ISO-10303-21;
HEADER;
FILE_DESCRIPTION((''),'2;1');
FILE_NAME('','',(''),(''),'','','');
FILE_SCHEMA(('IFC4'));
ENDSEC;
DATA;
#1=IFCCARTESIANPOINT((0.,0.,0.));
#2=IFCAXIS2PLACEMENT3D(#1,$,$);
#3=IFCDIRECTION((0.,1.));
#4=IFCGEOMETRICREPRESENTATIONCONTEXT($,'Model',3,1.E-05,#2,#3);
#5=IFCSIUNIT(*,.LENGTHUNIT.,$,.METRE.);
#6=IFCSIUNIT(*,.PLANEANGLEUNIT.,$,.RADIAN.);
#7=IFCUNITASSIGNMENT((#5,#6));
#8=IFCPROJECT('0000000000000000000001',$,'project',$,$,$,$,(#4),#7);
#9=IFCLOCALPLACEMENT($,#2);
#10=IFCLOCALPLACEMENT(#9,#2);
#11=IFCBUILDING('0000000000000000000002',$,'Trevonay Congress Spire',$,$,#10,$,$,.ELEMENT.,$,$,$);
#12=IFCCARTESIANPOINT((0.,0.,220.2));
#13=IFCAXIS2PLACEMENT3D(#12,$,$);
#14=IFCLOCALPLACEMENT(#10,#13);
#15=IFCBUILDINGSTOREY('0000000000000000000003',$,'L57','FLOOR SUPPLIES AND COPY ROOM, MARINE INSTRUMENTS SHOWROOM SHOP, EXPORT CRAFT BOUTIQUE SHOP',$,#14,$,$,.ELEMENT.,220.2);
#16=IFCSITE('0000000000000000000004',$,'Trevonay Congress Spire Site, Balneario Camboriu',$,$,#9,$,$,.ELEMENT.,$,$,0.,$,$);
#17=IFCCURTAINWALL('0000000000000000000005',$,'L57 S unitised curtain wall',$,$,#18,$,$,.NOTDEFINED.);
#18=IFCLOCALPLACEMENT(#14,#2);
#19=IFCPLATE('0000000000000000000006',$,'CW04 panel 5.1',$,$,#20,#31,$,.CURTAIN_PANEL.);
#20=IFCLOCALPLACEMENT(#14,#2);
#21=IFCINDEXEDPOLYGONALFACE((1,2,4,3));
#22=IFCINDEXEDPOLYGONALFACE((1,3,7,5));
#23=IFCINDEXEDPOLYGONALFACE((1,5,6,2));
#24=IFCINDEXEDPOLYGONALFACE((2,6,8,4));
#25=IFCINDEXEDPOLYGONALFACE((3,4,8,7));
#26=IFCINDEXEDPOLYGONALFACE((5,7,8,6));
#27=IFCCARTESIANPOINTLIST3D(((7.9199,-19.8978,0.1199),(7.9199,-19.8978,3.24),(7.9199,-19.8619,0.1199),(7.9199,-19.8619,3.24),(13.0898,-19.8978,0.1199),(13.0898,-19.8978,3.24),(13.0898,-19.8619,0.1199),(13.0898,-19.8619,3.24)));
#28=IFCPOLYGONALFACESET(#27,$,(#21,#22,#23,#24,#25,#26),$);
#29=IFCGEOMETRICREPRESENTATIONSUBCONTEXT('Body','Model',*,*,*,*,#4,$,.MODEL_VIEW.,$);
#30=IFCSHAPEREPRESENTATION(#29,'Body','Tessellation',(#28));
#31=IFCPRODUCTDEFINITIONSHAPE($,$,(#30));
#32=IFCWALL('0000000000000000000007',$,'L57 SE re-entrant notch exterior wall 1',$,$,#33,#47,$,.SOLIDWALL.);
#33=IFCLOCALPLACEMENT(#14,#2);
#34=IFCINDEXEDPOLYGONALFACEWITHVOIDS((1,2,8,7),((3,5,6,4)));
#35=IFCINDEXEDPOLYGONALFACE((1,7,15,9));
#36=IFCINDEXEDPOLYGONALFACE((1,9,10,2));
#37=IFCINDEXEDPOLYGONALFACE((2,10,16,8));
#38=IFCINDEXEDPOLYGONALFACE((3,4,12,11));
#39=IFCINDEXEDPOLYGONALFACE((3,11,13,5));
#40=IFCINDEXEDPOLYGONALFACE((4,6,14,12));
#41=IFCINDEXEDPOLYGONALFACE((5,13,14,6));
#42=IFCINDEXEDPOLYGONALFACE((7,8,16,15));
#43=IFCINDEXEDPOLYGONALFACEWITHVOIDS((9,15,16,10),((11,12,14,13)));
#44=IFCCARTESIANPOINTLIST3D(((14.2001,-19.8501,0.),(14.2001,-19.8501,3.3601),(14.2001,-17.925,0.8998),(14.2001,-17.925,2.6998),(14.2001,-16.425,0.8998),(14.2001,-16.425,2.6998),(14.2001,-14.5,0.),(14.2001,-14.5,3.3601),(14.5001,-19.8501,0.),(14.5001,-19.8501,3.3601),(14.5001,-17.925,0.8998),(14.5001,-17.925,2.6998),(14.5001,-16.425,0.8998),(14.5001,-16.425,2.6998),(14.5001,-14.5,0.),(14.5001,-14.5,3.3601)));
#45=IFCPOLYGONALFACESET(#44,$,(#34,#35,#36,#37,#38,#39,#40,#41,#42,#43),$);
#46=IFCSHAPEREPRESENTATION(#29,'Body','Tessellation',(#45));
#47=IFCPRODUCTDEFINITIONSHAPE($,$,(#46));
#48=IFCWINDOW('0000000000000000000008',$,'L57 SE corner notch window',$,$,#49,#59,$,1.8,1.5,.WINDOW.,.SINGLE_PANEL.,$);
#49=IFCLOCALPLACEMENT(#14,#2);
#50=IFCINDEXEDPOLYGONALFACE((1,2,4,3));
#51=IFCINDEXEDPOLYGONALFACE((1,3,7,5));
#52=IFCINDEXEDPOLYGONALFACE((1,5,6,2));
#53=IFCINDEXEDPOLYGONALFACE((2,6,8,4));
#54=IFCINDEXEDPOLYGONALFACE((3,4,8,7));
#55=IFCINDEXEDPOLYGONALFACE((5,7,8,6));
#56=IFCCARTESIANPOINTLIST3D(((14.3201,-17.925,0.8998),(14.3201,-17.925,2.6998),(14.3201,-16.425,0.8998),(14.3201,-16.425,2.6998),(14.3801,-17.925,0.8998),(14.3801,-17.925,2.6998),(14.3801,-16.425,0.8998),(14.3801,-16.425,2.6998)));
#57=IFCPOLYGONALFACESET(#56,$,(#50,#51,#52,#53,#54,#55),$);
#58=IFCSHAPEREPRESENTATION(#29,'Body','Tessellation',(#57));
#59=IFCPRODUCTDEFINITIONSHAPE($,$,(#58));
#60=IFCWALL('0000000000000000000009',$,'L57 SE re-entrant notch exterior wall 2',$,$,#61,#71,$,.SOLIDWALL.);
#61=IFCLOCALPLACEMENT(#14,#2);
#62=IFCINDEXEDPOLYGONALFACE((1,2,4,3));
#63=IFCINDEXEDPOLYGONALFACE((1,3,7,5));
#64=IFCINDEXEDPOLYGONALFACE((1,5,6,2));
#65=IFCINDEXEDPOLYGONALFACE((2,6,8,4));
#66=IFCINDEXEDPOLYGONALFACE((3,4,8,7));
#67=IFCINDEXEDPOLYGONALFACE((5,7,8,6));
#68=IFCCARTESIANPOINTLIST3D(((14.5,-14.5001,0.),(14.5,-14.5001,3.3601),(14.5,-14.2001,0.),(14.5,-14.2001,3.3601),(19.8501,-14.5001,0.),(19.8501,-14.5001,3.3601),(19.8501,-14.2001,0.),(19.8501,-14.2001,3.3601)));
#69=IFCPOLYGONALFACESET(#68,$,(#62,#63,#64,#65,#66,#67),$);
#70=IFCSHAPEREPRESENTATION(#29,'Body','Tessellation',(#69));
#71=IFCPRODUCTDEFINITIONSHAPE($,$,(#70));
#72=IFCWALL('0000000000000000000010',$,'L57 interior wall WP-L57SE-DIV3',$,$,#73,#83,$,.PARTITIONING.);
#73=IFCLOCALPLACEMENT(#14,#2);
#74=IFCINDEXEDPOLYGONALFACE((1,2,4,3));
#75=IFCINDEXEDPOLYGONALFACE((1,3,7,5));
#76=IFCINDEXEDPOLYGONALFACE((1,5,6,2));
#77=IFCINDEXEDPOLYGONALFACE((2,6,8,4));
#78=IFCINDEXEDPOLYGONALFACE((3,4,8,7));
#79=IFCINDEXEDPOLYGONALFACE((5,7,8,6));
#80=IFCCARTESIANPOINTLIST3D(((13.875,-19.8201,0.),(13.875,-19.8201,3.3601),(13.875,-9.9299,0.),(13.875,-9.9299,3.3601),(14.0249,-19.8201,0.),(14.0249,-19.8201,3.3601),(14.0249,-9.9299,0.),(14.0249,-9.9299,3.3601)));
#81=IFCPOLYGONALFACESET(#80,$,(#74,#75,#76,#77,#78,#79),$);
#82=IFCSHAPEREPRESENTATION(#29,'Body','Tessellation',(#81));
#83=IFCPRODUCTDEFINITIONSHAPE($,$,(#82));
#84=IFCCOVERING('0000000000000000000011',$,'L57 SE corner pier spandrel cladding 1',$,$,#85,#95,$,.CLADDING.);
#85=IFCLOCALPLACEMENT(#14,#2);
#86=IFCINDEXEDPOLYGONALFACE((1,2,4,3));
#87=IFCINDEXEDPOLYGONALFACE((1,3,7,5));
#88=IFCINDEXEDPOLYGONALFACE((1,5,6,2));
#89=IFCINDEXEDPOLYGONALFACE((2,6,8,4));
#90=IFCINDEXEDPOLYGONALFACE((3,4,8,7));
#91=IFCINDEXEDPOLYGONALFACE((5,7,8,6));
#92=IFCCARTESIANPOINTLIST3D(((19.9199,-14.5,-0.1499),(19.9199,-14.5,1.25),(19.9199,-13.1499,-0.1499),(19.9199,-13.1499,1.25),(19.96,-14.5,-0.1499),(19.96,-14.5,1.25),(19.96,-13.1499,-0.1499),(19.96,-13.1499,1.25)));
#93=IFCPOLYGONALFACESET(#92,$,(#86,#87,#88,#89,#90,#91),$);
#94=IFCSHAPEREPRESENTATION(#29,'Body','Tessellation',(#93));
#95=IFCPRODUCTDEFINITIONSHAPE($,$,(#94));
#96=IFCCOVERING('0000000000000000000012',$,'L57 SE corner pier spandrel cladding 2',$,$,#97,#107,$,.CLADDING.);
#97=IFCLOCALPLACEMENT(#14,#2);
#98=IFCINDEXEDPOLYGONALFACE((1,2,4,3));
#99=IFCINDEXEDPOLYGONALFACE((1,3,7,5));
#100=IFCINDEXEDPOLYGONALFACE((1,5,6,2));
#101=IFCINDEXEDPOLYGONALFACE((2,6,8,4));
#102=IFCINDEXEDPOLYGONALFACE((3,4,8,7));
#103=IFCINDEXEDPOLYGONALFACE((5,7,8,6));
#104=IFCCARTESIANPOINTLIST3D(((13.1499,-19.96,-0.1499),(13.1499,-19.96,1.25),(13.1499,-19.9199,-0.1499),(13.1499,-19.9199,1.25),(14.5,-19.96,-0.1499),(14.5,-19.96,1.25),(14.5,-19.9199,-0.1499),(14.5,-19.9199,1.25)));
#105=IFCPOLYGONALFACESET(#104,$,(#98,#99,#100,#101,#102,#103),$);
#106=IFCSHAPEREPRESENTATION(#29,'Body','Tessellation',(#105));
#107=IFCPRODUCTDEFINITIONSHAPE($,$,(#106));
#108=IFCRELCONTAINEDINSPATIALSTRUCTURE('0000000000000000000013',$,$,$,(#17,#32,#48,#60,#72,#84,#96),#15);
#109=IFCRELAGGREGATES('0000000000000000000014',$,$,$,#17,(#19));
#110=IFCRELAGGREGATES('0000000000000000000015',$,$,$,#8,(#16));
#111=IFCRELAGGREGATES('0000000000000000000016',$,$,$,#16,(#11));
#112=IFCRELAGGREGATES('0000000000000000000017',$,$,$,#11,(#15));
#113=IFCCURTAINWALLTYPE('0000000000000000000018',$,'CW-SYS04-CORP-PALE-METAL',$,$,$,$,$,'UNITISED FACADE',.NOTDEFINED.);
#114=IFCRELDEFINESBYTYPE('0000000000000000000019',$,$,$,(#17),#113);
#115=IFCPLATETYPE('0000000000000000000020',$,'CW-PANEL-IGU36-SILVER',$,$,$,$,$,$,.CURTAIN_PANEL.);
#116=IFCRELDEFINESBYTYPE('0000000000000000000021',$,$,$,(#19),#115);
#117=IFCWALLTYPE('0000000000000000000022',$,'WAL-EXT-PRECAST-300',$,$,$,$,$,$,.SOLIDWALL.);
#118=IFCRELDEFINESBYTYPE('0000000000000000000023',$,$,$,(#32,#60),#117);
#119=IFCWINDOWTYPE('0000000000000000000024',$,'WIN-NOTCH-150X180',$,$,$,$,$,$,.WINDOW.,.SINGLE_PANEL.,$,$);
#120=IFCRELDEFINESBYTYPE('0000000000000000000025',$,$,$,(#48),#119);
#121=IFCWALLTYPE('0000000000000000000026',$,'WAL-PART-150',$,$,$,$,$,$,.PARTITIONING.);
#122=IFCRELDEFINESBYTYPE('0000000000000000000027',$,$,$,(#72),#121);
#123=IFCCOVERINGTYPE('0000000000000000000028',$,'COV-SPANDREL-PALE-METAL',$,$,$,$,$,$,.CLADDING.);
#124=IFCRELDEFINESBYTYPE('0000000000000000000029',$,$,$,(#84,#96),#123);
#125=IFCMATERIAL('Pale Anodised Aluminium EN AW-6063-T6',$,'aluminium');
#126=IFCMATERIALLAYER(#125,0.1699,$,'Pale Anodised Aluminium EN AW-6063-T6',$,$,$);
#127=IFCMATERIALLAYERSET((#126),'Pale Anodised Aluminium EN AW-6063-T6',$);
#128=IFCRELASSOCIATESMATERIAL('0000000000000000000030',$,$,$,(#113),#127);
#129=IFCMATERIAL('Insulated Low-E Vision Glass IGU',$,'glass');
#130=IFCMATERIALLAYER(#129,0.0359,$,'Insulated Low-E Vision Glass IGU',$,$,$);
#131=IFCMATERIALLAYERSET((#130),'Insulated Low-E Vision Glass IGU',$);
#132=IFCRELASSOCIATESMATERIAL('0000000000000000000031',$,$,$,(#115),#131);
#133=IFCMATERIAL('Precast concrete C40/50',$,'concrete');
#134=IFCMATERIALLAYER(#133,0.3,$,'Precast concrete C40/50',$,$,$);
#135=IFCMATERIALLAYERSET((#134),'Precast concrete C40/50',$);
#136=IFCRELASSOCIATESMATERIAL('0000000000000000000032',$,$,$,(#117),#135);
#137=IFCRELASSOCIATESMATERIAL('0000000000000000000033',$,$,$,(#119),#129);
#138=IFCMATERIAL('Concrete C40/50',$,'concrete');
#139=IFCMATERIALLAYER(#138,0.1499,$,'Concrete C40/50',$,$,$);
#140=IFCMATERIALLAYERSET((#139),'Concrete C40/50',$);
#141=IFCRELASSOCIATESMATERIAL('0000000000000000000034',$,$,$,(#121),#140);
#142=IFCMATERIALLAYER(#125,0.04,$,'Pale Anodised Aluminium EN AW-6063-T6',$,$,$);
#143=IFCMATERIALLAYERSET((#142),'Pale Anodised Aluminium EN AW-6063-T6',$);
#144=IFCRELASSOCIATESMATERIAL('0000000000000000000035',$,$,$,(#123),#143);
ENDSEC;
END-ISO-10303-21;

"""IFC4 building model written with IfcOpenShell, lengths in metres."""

from ifc_helpers import new_model, si_unit, direction, frame, frame_2d, origin, origin_2d, place, context, subcontext, project, spatial, rectangle, extrude, material, layer, layer_set, type_object, element, fill, aggregate, save


model = new_model("IFC4")

# Units and contexts
model_context = context("Model", 3, precision=1e-05, world=origin(), true_north=direction((0.0, 1.0)))
body_context = subcontext(model_context, "Body", "Model", "MODEL_VIEW")
ifc_project = project(units=[si_unit("LENGTHUNIT", "METRE"), si_unit("PLANEANGLEUNIT", "RADIAN")], contexts=[model_context])

# Site, building, storey
site_placement = place(None, origin())
site = spatial("IfcSite", under=ifc_project, at=site_placement, Name="Trevonay Congress Spire Site, Balneario Camboriu", CompositionType="ELEMENT", RefElevation=0.0)
building_placement = place(site_placement, origin())
building = spatial("IfcBuilding", under=site, at=building_placement, Name="Trevonay Congress Spire", CompositionType="ELEMENT")
storey_placement = place(building_placement, frame((0.0, 0.0, 220.2)))
storey = spatial("IfcBuildingStorey", under=building, at=storey_placement, Name="L57", Description="FLOOR SUPPLIES AND COPY ROOM, MARINE INSTRUMENTS SHOWROOM SHOP, EXPORT CRAFT BOUTIQUE SHOP", CompositionType="ELEMENT", Elevation=220.2)

# Curtain wall
ifc_material_1 = material(Name="Pale Anodised Aluminium EN AW-6063-T6", Category="aluminium")
ifc_layer_1 = layer(ifc_material_1, 0.1699, Name="Pale Anodised Aluminium EN AW-6063-T6")
ifc_layer_set_1 = layer_set([ifc_layer_1], Name="Pale Anodised Aluminium EN AW-6063-T6")
curtain_wall_type = type_object("IfcCurtainWallType", Name="CW-SYS04-CORP-PALE-METAL", ElementType="UNITISED FACADE", PredefinedType="NOTDEFINED", material=ifc_layer_set_1)
curtain_wall_placement = place(storey_placement, origin())
curtain_wall = element("IfcCurtainWall", 1, at=curtain_wall_placement, inside=storey, type_object=curtain_wall_type, Name="L57 S unitised curtain wall", PredefinedType="NOTDEFINED")

# Plate
ifc_material_2 = material(Name="Insulated Low-E Vision Glass IGU", Category="glass")
ifc_layer_2 = layer(ifc_material_2, 0.0359, Name="Insulated Low-E Vision Glass IGU")
ifc_layer_set_2 = layer_set([ifc_layer_2], Name="Insulated Low-E Vision Glass IGU")
plate_type = type_object("IfcPlateType", Name="CW-PANEL-IGU36-SILVER", PredefinedType="CURTAIN_PANEL", material=ifc_layer_set_2)
plate_placement = place(storey_placement, frame((10.5049, -19.8799, 0.1199), z_axis=(0.0, 0.0, 1.0), x_axis=(1.0, 0.0, 0.0)))
plate = element("IfcPlate", 2, at=plate_placement, type_object=plate_type, Name="CW04 panel 5.1", PredefinedType="CURTAIN_PANEL", context=body_context, shape_type="SweptSolid", body=[
    extrude(rectangle(XDim=5.1699, YDim=0.0359, at=origin_2d()), origin(), (0.0, 0.0, 1.0), 3.1201),
])
aggregate(curtain_wall, [plate])

# Wall, opening, window
ifc_material_3 = material(Name="Precast concrete C40/50", Category="concrete")
ifc_layer_3 = layer(ifc_material_3, 0.3, Name="Precast concrete C40/50")
ifc_layer_set_3 = layer_set([ifc_layer_3], Name="Precast concrete C40/50")
wall_type_1 = type_object("IfcWallType", Name="WAL-EXT-PRECAST-300", PredefinedType="SOLIDWALL", material=ifc_layer_set_3)
wall_1_placement = place(storey_placement, frame((14.3501, -19.8501, 0.0), z_axis=(0.0, 0.0, 1.0), x_axis=(0.0, 1.0, 0.0)))
wall_1 = element("IfcWall", 3, at=wall_1_placement, inside=storey, type_object=wall_type_1, Name="L57 SE re-entrant notch exterior wall 1", PredefinedType="SOLIDWALL", context=body_context, shape_type="SweptSolid", body=[
    extrude(rectangle(XDim=5.3501, YDim=0.3, at=frame_2d((2.675, 0.0))), origin(), (0.0, 0.0, 1.0), 3.3601),
])
opening_placement = place(wall_1_placement, frame((1.925, 0.0, 0.8999)))
opening = element("IfcOpeningElement", 4, at=opening_placement, cuts=wall_1, PredefinedType="OPENING", context=body_context, shape_type="SweptSolid", body=[
    extrude(rectangle(XDim=1.5, YDim=1.8, at=frame_2d((0.75, 0.8999))), frame((0.0, 0.1602, 0.0), z_axis=(0.0, -1.0, 0.0), x_axis=(1.0, 0.0, 0.0)), (0.0, 0.0, 1.0), 0.3201),
])
window_type = type_object("IfcWindowType", Name="WIN-NOTCH-150X180", PartitioningType="SINGLE_PANEL", PredefinedType="WINDOW", material=ifc_material_2)
window_placement = place(opening_placement, origin())
window = element("IfcWindow", 5, at=window_placement, inside=storey, type_object=window_type, Name="L57 SE corner notch window", OverallHeight=1.8, OverallWidth=1.5, PartitioningType="SINGLE_PANEL", PredefinedType="WINDOW", context=body_context, shape_type="SweptSolid", body=[
    extrude(rectangle(XDim=1.5, YDim=1.8, at=frame_2d((0.75, 0.8999))), frame((0.0, 0.03, 0.0), z_axis=(0.0, -1.0, 0.0), x_axis=(1.0, 0.0, 0.0)), (0.0, 0.0, 1.0), 0.0601),
])
fill(opening, window)

# Walls
wall_2_placement = place(storey_placement, frame((19.8501, -14.3501, 0.0), z_axis=(0.0, 0.0, 1.0), x_axis=(-1.0, 0.0, 0.0)))
element("IfcWall", 6, at=wall_2_placement, inside=storey, type_object=wall_type_1, Name="L57 SE re-entrant notch exterior wall 2", PredefinedType="SOLIDWALL", context=body_context, shape_type="SweptSolid", body=[
    extrude(rectangle(XDim=5.3501, YDim=0.3, at=frame_2d((2.675, 0.0))), origin(), (0.0, 0.0, 1.0), 3.3601),
])
ifc_material_4 = material(Name="Concrete C40/50", Category="concrete")
ifc_layer_4 = layer(ifc_material_4, 0.1499, Name="Concrete C40/50")
ifc_layer_set_4 = layer_set([ifc_layer_4], Name="Concrete C40/50")
wall_type_2 = type_object("IfcWallType", Name="WAL-PART-150", PredefinedType="PARTITIONING", material=ifc_layer_set_4)
wall_3_placement = place(storey_placement, frame((13.95, -19.8201, 0.0), z_axis=(0.0, 0.0, 1.0), x_axis=(0.0, 1.0, 0.0)))
element("IfcWall", 7, at=wall_3_placement, inside=storey, type_object=wall_type_2, Name="L57 interior wall WP-L57SE-DIV3", PredefinedType="PARTITIONING", context=body_context, shape_type="SweptSolid", body=[
    extrude(rectangle(XDim=9.8901, YDim=0.1499, at=frame_2d((4.9451, 0.0))), origin(), (0.0, 0.0, 1.0), 3.3601),
])

# Coverings
ifc_layer_5 = layer(ifc_material_1, 0.04, Name="Pale Anodised Aluminium EN AW-6063-T6")
ifc_layer_set_5 = layer_set([ifc_layer_5], Name="Pale Anodised Aluminium EN AW-6063-T6")
covering_type = type_object("IfcCoveringType", Name="COV-SPANDREL-PALE-METAL", PredefinedType="CLADDING", material=ifc_layer_set_5)
for number, where, z_axis, x_axis, name in (
    (8, (19.9399, -13.1499, -0.1499), (0.0, 0.0, 1.0), (0.0, -1.0, 0.0), "L57 SE corner pier spandrel cladding 1"),
    (9, (13.1499, -19.9399, -0.1499), (0.0, 0.0, 1.0), (1.0, 0.0, 0.0), "L57 SE corner pier spandrel cladding 2"),
):
    element("IfcCovering", number, at=place(storey_placement, frame(where, z_axis=z_axis, x_axis=x_axis)), inside=storey, type_object=covering_type, Name=name, PredefinedType="CLADDING", context=body_context, shape_type="SweptSolid", body=[
        extrude(rectangle(XDim=1.3501, YDim=0.04, at=frame_2d((0.675, 0.0))), origin(), (0.0, 0.0, 1.0), 1.3999),
    ])

save(model, "model.ifc")
